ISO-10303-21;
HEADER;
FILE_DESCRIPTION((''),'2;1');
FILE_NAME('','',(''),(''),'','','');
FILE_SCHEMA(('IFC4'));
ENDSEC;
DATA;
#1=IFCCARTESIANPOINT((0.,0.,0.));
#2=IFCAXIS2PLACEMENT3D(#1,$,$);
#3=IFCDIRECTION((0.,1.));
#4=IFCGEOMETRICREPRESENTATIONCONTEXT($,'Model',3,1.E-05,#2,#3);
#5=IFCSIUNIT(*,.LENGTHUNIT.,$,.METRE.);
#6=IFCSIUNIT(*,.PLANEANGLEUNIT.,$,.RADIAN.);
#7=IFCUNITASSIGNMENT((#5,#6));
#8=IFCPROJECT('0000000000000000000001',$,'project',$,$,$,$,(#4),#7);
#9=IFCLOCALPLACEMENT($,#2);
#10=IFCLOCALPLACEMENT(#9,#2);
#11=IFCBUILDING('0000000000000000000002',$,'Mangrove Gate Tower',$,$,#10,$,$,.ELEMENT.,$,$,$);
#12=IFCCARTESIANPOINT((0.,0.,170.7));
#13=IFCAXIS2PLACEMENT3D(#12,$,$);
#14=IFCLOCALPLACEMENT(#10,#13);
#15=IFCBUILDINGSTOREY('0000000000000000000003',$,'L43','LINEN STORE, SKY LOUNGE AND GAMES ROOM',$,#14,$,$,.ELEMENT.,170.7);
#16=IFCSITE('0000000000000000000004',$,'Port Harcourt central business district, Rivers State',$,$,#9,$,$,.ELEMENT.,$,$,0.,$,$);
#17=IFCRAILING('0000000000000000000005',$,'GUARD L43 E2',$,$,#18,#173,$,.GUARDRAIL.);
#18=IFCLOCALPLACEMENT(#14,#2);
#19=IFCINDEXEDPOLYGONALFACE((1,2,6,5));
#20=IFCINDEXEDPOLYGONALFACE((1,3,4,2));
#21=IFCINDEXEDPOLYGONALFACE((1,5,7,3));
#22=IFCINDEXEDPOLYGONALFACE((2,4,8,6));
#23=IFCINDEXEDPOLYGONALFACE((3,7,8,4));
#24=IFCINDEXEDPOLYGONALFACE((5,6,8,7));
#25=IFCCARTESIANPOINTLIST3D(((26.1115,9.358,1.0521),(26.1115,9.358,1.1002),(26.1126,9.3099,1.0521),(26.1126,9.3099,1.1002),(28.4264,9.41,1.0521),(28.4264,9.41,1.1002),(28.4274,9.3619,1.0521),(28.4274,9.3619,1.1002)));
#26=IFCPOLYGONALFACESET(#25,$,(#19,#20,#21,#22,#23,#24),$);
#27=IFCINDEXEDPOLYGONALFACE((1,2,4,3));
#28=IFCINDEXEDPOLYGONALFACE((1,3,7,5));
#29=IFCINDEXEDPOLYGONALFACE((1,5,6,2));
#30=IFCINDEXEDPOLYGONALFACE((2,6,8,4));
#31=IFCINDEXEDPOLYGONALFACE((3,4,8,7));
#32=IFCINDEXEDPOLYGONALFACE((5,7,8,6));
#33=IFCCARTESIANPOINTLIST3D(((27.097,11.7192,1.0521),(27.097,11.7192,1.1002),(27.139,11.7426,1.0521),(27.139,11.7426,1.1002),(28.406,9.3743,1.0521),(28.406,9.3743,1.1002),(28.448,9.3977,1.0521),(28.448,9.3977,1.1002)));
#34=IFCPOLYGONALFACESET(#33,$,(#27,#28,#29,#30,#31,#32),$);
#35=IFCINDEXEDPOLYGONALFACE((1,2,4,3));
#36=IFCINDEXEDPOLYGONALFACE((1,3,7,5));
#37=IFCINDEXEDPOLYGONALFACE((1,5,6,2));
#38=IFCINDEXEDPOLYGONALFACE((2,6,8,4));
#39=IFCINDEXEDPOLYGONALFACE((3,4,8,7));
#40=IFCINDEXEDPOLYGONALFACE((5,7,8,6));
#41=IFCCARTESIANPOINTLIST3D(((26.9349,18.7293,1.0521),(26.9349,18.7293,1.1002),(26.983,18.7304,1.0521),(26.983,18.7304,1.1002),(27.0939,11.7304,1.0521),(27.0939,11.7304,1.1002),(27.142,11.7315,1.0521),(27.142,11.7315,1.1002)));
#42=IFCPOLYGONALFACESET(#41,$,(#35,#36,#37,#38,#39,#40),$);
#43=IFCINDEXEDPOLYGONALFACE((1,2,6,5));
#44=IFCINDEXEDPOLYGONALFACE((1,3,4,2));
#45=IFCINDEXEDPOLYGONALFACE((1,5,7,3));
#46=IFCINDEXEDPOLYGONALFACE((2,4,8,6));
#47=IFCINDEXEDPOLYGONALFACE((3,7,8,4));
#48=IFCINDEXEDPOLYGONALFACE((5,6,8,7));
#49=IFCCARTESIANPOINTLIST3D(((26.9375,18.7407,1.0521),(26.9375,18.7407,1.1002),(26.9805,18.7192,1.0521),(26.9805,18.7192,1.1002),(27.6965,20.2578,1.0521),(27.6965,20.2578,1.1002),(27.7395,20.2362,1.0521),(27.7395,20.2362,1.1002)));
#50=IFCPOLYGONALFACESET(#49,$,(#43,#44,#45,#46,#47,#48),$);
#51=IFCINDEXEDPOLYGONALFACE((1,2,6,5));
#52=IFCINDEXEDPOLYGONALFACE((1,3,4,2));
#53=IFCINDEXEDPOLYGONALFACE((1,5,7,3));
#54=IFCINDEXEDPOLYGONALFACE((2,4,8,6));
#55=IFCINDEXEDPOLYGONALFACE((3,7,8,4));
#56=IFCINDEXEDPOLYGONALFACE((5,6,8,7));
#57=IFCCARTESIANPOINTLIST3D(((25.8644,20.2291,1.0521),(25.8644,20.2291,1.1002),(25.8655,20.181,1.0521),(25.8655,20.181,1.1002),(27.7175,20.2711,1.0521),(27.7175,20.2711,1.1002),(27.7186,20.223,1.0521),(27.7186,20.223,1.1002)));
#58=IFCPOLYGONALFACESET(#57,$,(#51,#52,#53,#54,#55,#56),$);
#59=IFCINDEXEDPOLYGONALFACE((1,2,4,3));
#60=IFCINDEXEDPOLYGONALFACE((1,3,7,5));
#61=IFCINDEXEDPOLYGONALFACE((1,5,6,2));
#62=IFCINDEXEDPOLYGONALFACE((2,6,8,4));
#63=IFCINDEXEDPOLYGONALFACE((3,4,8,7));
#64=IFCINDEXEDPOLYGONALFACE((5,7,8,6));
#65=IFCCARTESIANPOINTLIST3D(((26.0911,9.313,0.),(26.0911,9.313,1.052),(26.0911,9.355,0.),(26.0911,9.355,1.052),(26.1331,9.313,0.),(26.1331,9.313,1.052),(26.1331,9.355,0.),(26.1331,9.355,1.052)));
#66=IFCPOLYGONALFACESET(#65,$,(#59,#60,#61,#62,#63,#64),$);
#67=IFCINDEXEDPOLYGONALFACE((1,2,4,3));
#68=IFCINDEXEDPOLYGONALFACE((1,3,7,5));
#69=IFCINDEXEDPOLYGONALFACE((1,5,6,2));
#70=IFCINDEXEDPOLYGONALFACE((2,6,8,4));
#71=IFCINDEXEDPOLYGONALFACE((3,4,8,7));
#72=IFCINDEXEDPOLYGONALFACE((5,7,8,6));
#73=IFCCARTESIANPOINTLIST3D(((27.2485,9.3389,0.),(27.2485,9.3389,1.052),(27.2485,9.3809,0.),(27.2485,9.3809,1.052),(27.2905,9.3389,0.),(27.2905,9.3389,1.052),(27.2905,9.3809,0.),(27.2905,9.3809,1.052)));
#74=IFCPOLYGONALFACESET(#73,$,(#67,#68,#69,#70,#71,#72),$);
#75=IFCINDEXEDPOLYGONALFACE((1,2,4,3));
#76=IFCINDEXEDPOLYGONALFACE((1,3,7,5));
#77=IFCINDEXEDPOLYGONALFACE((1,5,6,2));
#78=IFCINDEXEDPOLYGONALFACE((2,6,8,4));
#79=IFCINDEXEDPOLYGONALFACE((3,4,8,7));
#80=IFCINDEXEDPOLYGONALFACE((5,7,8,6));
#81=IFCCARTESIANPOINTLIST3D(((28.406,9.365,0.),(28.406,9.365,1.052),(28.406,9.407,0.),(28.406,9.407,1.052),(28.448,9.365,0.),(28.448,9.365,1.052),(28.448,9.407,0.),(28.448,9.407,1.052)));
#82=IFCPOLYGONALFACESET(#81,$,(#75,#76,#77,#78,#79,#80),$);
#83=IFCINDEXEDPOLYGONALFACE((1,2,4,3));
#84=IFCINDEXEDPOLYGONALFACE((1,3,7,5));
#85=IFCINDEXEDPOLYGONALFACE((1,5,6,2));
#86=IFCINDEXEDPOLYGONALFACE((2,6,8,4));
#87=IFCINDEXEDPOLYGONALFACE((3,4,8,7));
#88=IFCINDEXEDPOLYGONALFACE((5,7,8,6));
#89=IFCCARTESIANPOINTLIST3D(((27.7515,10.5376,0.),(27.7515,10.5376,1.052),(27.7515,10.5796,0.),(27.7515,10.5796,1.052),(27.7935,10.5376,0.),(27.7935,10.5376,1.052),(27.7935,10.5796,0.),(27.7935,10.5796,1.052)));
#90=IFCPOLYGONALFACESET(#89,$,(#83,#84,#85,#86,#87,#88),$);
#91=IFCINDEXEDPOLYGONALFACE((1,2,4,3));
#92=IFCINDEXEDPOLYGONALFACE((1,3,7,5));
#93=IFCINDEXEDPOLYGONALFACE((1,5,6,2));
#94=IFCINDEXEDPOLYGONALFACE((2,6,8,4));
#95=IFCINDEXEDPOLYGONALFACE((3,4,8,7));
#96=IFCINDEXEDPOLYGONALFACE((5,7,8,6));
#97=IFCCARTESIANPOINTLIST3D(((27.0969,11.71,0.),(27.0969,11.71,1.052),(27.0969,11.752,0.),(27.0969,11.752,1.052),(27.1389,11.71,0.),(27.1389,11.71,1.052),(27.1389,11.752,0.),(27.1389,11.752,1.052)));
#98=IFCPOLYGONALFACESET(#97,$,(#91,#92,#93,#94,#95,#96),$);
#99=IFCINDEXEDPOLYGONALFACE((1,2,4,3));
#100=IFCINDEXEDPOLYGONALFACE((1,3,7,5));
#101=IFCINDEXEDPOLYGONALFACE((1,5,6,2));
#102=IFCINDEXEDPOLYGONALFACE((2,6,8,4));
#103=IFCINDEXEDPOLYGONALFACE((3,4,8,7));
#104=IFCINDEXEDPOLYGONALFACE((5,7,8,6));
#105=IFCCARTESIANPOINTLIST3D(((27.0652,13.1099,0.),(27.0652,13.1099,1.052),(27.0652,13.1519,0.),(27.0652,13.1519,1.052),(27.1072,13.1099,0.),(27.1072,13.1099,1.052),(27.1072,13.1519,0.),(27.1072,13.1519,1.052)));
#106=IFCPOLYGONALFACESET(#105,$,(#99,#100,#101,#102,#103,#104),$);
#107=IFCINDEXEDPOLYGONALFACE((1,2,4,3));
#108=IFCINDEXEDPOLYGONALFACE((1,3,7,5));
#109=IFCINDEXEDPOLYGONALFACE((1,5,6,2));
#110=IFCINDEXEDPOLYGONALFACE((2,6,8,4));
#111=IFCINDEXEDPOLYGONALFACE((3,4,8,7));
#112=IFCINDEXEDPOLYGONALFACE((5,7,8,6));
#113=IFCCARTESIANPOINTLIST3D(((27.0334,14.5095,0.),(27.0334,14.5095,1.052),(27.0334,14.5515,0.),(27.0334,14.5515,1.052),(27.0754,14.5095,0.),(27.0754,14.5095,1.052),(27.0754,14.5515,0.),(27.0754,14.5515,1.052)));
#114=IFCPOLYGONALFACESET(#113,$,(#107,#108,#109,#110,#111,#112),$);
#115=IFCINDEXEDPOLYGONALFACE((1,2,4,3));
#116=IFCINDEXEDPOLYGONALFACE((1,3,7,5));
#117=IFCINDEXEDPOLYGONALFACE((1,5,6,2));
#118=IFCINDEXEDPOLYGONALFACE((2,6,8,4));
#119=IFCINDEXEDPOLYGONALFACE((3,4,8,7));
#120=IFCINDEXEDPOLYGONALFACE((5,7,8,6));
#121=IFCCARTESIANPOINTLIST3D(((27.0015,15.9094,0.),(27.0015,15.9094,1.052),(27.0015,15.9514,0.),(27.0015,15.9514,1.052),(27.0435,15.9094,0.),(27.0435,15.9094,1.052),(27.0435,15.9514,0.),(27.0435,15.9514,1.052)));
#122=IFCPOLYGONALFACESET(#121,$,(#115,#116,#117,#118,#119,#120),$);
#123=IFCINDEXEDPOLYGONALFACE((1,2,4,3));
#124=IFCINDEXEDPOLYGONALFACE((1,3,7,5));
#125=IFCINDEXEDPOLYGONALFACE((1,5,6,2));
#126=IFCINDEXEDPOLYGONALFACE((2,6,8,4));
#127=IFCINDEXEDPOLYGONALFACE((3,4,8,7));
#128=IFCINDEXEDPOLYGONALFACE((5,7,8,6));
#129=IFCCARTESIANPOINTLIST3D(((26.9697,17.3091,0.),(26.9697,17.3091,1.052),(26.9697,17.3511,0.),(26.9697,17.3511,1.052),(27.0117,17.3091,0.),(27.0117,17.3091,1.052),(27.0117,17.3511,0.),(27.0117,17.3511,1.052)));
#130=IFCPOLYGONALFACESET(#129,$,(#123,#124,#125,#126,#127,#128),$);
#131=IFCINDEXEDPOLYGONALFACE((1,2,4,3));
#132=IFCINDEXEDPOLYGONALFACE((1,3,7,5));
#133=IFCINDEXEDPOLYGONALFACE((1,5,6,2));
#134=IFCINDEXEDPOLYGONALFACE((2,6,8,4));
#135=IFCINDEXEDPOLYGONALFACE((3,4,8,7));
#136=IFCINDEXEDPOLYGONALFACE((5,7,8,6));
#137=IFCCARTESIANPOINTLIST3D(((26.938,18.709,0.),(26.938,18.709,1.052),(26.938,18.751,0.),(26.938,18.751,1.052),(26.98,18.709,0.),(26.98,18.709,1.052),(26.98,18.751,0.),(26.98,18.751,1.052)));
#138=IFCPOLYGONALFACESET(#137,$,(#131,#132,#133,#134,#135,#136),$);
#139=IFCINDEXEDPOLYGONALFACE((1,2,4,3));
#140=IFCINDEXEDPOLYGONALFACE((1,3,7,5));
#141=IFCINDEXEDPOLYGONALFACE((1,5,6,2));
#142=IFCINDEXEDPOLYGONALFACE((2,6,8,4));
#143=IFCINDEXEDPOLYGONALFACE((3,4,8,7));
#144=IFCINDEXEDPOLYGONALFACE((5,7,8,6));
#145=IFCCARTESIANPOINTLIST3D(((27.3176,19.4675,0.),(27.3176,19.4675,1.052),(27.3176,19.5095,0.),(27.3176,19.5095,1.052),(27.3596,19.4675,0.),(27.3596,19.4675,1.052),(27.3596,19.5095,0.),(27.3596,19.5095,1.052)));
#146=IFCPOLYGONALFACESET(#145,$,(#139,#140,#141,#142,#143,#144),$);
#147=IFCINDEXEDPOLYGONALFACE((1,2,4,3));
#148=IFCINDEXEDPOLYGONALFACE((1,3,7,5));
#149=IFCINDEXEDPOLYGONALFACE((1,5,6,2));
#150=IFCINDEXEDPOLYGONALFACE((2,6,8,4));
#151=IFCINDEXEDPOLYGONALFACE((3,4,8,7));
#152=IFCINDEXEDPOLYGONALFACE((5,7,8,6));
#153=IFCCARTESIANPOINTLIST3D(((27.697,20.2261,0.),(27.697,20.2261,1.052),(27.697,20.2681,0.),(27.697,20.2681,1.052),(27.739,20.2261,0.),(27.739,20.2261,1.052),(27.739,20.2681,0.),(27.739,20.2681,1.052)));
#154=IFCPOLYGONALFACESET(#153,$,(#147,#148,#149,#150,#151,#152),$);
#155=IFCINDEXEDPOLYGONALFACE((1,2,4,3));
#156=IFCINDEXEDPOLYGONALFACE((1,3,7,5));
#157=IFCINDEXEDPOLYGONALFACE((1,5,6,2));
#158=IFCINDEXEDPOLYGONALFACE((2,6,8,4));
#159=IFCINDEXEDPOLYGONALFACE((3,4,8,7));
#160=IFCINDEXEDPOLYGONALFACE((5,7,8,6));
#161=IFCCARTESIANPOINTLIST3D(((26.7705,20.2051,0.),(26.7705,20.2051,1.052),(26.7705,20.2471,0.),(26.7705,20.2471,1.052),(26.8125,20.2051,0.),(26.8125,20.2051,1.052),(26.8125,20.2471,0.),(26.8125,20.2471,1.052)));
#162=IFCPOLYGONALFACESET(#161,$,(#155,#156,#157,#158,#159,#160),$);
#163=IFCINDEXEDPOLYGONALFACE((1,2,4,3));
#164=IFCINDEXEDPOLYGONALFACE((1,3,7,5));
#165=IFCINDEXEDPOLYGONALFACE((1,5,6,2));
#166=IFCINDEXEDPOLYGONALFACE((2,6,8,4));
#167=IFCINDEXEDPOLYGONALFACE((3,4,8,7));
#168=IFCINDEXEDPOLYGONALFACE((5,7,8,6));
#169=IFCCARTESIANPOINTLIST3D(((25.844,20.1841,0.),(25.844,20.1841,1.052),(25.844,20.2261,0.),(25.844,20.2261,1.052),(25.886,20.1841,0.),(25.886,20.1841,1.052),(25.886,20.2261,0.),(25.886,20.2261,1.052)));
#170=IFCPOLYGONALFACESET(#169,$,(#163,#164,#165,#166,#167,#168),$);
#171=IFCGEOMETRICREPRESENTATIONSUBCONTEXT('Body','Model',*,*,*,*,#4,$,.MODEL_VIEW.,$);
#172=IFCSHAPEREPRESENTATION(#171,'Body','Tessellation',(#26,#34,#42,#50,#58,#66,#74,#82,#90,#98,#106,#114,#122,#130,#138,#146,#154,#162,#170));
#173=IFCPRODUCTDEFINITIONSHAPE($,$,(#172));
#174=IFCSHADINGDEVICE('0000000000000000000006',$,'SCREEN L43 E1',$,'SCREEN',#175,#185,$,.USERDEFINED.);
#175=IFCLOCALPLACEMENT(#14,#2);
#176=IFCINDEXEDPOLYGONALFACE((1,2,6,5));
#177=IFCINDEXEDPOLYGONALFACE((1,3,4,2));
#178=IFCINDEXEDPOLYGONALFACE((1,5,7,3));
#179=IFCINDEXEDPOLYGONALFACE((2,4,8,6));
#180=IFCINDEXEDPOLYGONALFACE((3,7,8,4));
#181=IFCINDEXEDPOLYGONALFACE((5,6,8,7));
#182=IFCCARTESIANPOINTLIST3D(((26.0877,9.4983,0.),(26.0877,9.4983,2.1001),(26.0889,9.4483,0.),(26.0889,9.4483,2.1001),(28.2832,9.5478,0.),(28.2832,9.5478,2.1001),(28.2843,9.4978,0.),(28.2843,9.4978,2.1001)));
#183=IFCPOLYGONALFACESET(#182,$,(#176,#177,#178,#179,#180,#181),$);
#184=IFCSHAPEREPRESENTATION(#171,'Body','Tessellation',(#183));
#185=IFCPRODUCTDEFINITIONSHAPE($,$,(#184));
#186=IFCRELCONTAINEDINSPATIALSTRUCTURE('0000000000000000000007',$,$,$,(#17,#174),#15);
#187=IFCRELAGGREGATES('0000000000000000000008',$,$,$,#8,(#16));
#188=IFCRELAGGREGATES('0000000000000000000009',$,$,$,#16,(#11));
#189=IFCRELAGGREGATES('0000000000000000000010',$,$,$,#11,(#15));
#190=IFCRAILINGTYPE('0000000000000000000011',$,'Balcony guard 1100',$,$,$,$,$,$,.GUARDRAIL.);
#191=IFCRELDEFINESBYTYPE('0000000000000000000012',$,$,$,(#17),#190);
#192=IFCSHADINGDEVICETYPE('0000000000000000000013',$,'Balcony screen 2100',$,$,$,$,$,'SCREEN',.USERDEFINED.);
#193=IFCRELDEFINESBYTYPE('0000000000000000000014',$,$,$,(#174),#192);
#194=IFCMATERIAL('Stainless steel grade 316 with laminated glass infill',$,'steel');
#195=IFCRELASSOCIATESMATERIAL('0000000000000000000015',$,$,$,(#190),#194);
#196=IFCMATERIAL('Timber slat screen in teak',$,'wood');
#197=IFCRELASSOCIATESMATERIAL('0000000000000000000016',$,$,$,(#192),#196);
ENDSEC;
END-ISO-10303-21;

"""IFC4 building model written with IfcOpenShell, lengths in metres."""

from ifc_helpers import new_model, si_unit, direction, frame, origin, origin_2d, place, context, subcontext, project, spatial, rectangle, extrude, material, type_object, element, save


model = new_model("IFC4")

# Units and contexts
model_context = context("Model", 3, precision=1e-05, world=origin(), true_north=direction((0.0, 1.0)))
body_context = subcontext(model_context, "Body", "Model", "MODEL_VIEW")
ifc_project = project(units=[si_unit("LENGTHUNIT", "METRE"), si_unit("PLANEANGLEUNIT", "RADIAN")], contexts=[model_context])

# Site, building, storey
site_placement = place(None, origin())
site = spatial("IfcSite", under=ifc_project, at=site_placement, Name="Port Harcourt central business district, Rivers State", CompositionType="ELEMENT", RefElevation=0.0)
building_placement = place(site_placement, origin())
building = spatial("IfcBuilding", under=site, at=building_placement, Name="Mangrove Gate Tower", CompositionType="ELEMENT")
storey_placement = place(building_placement, frame((0.0, 0.0, 170.7)))
storey = spatial("IfcBuildingStorey", under=building, at=storey_placement, Name="L43", Description="LINEN STORE, SKY LOUNGE AND GAMES ROOM", CompositionType="ELEMENT", Elevation=170.7)

# Railing
ifc_material_1 = material(Name="Stainless steel grade 316 with laminated glass infill", Category="steel")
railing_type = type_object("IfcRailingType", Name="Balcony guard 1100", PredefinedType="GUARDRAIL", material=ifc_material_1)
railing_placement = place(storey_placement, frame((26.1121, 9.334, 0.0)))
element("IfcRailing", 1, at=railing_placement, inside=storey, type_object=railing_type, Name="GUARD L43 E2", PredefinedType="GUARDRAIL", context=body_context, shape_type="SweptSolid", body=[
    extrude(rectangle(XDim=0.0481, YDim=0.0481, at=origin_2d()), frame((0.0, 0.0, 1.0762), z_axis=(0.999748, 0.022458, 0.0), x_axis=(-0.022458, 0.999748, 0.0)), (0.0, 0.0, 1.0), 2.3154),
    extrude(rectangle(XDim=0.0481, YDim=0.0481, at=origin_2d()), frame((2.3149, 0.052, 1.0762), z_axis=(-0.48744, 0.873156, 0.0), x_axis=(-0.873156, -0.48744, 0.0)), (0.0, 0.0, 1.0), 2.6855),
    extrude(rectangle(XDim=0.0481, YDim=0.0481, at=origin_2d()), frame((1.0059, 2.397, 1.0762), z_axis=(-0.022702, 0.999742, 0.0), x_axis=(-0.999742, -0.022702, 0.0)), (0.0, 0.0, 1.0), 7.0007),
    extrude(rectangle(XDim=0.0481, YDim=0.0481, at=origin_2d()), frame((0.8469, 9.396, 1.0762), z_axis=(0.447444, 0.894312, 0.0), x_axis=(-0.894312, 0.447444, 0.0)), (0.0, 0.0, 1.0), 1.6963),
    extrude(rectangle(XDim=0.0481, YDim=0.0481, at=origin_2d()), frame((1.606, 10.9131, 1.0762), z_axis=(-0.999743, -0.022656, 0.0), x_axis=(0.022656, -0.999743, 0.0)), (0.0, 0.0, 1.0), 1.8535),
    extrude(rectangle(XDim=0.042, YDim=0.042, at=origin_2d()), origin(), (0.0, 0.0, 1.0), 1.052),
    extrude(rectangle(XDim=0.042, YDim=0.042, at=origin_2d()), frame((1.1575, 0.0259, 0.0)), (0.0, 0.0, 1.0), 1.052),
    extrude(rectangle(XDim=0.042, YDim=0.042, at=origin_2d()), frame((2.3149, 0.052, 0.0)), (0.0, 0.0, 1.0), 1.052),
    extrude(rectangle(XDim=0.042, YDim=0.042, at=origin_2d()), frame((1.6604, 1.2246, 0.0)), (0.0, 0.0, 1.0), 1.052),
    extrude(rectangle(XDim=0.042, YDim=0.042, at=origin_2d()), frame((1.0059, 2.397, 0.0)), (0.0, 0.0, 1.0), 1.052),
    extrude(rectangle(XDim=0.042, YDim=0.042, at=origin_2d()), frame((0.9741, 3.7969, 0.0)), (0.0, 0.0, 1.0), 1.052),
    extrude(rectangle(XDim=0.042, YDim=0.042, at=origin_2d()), frame((0.9424, 5.1965, 0.0)), (0.0, 0.0, 1.0), 1.052),
    extrude(rectangle(XDim=0.042, YDim=0.042, at=origin_2d()), frame((0.9104, 6.5964, 0.0)), (0.0, 0.0, 1.0), 1.052),
    extrude(rectangle(XDim=0.042, YDim=0.042, at=origin_2d()), frame((0.8787, 7.9961, 0.0)), (0.0, 0.0, 1.0), 1.052),
    extrude(rectangle(XDim=0.042, YDim=0.042, at=origin_2d()), frame((0.8469, 9.396, 0.0)), (0.0, 0.0, 1.0), 1.052),
    extrude(rectangle(XDim=0.042, YDim=0.042, at=origin_2d()), frame((1.2266, 10.1545, 0.0)), (0.0, 0.0, 1.0), 1.052),
    extrude(rectangle(XDim=0.042, YDim=0.042, at=origin_2d()), frame((1.606, 10.9131, 0.0)), (0.0, 0.0, 1.0), 1.052),
    extrude(rectangle(XDim=0.042, YDim=0.042, at=origin_2d()), frame((0.6794, 10.8921, 0.0)), (0.0, 0.0, 1.0), 1.052),
    extrude(rectangle(XDim=0.042, YDim=0.042, at=origin_2d()), frame((-0.2471, 10.8711, 0.0)), (0.0, 0.0, 1.0), 1.052),
])

# Shading device
ifc_material_2 = material(Name="Timber slat screen in teak", Category="wood")
shading_device_type = type_object("IfcShadingDeviceType", Name="Balcony screen 2100", ElementType="SCREEN", PredefinedType="USERDEFINED", material=ifc_material_2)
shading_device_placement = place(storey_placement, frame((27.186, 9.498, 0.0), z_axis=(0.0, 0.0, 1.0), x_axis=(0.999746, 0.022548, 0.0)))
element("IfcShadingDevice", 2, at=shading_device_placement, inside=storey, type_object=shading_device_type, Name="SCREEN L43 E1", ObjectType="SCREEN", PredefinedType="USERDEFINED", context=body_context, shape_type="SweptSolid", body=[
    extrude(rectangle(XDim=2.196, YDim=0.05, at=origin_2d()), origin(), (0.0, 0.0, 1.0), 2.1001),
])

save(model, "model.ifc")
